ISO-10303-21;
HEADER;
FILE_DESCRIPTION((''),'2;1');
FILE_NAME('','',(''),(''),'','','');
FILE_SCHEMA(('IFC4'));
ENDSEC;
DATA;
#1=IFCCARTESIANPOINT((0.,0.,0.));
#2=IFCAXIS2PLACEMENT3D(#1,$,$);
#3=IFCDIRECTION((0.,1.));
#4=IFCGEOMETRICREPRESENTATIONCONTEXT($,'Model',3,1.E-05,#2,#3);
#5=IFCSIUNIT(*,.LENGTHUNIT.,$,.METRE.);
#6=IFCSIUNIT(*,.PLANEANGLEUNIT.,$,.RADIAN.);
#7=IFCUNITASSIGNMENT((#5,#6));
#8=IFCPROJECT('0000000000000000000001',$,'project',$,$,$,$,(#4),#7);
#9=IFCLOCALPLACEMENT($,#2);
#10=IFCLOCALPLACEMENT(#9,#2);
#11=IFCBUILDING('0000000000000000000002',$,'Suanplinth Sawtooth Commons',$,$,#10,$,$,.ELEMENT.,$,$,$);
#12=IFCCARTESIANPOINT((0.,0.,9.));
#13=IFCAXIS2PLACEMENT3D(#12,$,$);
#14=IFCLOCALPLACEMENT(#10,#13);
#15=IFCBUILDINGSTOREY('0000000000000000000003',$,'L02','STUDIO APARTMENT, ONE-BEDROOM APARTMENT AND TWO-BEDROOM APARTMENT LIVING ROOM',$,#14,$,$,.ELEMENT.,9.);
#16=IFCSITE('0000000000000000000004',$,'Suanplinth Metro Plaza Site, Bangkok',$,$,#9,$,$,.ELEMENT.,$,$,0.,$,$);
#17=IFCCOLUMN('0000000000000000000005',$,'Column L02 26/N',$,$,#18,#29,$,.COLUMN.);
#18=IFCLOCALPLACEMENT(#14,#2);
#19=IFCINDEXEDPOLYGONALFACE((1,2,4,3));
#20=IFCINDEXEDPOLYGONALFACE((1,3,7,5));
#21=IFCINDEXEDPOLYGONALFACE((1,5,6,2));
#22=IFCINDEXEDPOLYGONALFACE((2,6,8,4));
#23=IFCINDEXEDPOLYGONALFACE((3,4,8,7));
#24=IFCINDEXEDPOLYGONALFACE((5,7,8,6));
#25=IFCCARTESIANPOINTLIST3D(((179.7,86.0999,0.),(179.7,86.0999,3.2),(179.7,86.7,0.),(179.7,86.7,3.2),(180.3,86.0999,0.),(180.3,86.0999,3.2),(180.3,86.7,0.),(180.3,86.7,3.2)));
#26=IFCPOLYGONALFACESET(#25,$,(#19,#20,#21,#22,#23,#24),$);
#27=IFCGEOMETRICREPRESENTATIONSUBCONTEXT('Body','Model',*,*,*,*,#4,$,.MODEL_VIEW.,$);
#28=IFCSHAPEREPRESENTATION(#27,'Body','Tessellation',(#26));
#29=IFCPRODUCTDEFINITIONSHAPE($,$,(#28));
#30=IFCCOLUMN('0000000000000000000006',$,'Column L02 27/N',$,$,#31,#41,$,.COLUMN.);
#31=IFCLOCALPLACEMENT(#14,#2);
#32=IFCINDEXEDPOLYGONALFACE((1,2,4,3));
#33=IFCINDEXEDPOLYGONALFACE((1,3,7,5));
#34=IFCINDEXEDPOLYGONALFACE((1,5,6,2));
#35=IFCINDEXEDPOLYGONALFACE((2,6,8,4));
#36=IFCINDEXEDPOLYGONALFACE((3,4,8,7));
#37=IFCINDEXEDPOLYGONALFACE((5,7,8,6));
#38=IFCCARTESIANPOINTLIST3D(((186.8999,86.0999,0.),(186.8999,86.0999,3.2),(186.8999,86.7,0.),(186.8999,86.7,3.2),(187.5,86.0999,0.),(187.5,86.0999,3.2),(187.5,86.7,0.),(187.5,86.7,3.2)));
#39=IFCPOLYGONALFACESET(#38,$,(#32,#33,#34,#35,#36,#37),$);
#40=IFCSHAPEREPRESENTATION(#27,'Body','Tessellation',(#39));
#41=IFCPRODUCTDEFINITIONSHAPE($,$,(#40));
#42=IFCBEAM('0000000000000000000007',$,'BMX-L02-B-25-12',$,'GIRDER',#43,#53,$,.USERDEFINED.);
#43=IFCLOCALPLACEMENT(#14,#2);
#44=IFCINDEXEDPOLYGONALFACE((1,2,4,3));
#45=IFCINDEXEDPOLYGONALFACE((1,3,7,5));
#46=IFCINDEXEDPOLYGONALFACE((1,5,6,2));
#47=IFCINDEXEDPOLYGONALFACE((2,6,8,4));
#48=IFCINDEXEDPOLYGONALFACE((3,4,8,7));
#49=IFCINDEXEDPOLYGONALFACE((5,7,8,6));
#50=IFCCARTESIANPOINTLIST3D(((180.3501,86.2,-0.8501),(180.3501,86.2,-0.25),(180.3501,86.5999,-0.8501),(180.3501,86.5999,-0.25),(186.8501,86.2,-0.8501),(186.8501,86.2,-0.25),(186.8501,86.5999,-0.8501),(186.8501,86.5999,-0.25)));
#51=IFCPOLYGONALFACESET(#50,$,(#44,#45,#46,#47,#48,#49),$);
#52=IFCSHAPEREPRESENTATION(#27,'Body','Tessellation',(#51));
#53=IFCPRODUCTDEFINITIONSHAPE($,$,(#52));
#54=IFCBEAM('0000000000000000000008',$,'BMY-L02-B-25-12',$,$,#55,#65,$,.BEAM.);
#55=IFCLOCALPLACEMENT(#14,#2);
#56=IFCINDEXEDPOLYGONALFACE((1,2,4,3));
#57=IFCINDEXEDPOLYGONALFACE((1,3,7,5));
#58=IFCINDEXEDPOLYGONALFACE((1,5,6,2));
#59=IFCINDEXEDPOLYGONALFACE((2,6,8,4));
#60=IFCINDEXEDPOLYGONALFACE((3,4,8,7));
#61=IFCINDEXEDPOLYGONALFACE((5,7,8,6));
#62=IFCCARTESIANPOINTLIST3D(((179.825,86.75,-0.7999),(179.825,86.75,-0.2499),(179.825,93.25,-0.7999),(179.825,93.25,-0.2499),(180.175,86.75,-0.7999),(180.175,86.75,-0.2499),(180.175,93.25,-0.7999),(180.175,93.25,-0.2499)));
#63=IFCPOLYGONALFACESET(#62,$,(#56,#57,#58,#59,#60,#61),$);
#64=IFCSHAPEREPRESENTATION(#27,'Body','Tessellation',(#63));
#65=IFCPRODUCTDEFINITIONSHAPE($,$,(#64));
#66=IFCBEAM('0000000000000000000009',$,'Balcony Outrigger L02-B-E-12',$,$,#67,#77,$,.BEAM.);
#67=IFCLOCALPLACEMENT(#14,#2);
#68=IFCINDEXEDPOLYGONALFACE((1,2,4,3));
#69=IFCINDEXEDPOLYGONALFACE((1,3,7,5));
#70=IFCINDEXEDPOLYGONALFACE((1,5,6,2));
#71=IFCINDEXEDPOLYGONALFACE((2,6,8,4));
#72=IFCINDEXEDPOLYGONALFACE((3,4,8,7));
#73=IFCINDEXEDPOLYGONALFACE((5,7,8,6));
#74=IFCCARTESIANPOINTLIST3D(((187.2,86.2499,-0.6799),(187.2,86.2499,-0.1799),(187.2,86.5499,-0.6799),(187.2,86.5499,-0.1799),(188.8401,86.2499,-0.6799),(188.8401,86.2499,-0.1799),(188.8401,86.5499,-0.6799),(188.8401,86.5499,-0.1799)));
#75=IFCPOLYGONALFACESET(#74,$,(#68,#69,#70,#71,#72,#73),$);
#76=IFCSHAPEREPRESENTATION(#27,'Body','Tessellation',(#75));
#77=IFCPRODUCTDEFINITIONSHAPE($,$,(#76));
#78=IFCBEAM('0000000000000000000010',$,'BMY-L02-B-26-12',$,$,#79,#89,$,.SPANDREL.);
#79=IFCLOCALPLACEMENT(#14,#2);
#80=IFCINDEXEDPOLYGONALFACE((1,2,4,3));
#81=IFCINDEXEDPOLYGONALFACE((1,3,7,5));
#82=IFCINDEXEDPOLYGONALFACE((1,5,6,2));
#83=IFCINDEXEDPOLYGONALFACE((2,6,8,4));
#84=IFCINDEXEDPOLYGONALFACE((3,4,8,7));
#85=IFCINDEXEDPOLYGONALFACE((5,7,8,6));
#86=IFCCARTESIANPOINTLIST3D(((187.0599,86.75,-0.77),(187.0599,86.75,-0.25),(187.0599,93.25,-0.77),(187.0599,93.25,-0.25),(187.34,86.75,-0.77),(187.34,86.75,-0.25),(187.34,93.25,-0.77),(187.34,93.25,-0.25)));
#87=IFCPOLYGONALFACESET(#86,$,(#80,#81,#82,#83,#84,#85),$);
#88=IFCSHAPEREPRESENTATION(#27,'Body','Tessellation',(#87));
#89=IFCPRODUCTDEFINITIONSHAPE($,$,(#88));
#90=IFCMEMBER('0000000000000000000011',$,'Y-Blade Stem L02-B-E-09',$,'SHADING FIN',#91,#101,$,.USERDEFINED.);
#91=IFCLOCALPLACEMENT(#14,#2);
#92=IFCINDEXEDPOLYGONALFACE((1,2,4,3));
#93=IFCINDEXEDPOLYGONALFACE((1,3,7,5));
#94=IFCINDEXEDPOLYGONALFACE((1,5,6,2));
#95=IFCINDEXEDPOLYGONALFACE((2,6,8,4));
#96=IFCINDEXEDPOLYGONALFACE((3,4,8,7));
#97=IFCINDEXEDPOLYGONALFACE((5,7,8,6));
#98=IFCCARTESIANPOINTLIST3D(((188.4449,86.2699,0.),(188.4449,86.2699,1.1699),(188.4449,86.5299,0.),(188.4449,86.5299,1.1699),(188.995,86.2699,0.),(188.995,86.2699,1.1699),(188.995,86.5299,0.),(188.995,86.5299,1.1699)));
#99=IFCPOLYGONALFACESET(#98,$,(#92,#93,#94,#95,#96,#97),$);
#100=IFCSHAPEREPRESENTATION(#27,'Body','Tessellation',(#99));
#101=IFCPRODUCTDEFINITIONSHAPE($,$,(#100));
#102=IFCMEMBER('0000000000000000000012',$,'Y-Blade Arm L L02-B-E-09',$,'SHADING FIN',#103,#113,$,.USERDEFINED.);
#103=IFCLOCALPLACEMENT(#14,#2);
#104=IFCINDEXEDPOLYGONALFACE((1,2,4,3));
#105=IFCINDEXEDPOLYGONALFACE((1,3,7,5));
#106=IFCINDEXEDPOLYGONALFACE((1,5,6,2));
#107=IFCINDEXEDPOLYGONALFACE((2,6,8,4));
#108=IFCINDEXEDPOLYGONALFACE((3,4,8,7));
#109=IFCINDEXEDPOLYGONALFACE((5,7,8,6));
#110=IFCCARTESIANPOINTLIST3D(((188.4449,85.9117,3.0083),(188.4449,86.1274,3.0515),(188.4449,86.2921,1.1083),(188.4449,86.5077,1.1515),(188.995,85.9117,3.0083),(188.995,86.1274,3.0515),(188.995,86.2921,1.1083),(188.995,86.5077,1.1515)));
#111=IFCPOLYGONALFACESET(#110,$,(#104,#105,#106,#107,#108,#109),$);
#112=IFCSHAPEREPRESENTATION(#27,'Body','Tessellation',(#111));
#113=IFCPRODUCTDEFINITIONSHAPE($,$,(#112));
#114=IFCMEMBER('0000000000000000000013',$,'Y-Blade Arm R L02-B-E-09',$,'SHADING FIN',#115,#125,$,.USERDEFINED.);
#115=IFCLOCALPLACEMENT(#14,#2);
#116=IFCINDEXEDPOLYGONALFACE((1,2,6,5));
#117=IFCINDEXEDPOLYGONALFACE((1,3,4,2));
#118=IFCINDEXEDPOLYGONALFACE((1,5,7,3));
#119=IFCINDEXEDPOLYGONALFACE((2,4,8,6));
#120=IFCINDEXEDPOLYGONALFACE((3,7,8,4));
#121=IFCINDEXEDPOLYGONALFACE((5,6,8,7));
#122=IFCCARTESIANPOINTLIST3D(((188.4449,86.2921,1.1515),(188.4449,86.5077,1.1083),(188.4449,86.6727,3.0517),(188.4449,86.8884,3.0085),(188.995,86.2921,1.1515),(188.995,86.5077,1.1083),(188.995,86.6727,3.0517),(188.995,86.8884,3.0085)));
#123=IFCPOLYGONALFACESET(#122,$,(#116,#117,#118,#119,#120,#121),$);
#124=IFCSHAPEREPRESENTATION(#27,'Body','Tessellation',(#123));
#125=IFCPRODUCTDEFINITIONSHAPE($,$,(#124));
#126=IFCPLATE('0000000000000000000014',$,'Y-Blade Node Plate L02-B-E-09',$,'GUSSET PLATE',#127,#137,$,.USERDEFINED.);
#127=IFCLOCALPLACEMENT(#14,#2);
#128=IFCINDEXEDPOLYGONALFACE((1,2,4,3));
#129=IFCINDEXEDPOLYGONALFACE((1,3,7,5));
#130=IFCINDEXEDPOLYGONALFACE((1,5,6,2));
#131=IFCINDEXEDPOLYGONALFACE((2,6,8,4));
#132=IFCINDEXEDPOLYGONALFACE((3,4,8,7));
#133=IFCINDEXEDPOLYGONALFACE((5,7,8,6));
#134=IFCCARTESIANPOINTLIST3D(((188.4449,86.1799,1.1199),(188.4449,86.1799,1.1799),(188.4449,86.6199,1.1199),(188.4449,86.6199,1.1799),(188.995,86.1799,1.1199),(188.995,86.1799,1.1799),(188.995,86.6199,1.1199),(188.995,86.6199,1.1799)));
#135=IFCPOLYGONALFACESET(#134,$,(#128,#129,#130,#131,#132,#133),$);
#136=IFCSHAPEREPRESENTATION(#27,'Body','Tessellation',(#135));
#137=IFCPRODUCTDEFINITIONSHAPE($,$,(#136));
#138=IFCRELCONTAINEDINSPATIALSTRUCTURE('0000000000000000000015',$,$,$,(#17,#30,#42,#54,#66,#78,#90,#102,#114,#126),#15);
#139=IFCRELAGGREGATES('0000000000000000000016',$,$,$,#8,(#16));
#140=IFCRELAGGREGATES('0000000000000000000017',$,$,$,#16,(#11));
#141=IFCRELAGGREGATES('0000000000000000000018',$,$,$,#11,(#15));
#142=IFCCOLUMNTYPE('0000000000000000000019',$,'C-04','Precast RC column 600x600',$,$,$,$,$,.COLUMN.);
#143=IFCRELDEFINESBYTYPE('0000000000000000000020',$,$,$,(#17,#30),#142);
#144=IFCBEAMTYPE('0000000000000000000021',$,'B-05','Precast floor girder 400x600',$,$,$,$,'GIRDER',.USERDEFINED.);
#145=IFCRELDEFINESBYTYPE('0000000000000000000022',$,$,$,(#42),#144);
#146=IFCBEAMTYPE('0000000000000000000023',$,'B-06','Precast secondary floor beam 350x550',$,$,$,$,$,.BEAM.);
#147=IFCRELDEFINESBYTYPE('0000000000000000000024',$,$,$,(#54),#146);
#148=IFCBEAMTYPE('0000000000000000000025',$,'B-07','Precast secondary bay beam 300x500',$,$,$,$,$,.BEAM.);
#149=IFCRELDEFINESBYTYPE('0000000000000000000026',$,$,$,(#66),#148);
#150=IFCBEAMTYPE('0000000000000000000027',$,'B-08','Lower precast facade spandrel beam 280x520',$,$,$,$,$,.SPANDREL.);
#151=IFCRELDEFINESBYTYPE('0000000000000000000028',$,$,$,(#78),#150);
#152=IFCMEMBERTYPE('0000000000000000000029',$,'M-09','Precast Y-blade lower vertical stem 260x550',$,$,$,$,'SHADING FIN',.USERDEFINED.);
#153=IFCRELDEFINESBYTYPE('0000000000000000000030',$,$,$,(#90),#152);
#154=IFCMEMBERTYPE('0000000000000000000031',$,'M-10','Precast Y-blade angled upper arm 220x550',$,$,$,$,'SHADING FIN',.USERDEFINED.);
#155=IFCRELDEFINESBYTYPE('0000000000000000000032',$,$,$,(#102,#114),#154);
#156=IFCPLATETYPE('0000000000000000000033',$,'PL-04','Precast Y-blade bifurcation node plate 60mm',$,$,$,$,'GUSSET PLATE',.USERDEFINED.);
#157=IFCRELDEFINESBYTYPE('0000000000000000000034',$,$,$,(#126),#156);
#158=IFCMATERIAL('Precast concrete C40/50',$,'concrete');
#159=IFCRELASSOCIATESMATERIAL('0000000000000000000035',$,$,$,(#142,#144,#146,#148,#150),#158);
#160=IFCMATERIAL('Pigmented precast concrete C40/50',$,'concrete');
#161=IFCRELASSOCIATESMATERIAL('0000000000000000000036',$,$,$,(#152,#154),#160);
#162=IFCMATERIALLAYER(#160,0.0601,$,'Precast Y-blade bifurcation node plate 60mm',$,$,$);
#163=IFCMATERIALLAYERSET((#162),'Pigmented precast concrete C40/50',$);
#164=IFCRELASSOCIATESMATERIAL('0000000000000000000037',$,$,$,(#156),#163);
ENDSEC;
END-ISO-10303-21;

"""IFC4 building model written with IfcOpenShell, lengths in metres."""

from ifc_helpers import new_model, si_unit, direction, frame, origin, origin_2d, place, context, subcontext, project, spatial, rectangle, extrude, material, layer, layer_set, material_profile, profile_set, type_object, element, save


model = new_model("IFC4")

# Units and contexts
model_context = context("Model", 3, precision=1e-05, world=origin(), true_north=direction((0.0, 1.0)))
body_context = subcontext(model_context, "Body", "Model", "MODEL_VIEW")
ifc_project = project(units=[si_unit("LENGTHUNIT", "METRE"), si_unit("PLANEANGLEUNIT", "RADIAN")], contexts=[model_context])

# Site, building, storey
site_placement = place(None, origin())
site = spatial("IfcSite", under=ifc_project, at=site_placement, Name="Suanplinth Metro Plaza Site, Bangkok", CompositionType="ELEMENT", RefElevation=0.0)
building_placement = place(site_placement, origin())
building = spatial("IfcBuilding", under=site, at=building_placement, Name="Suanplinth Sawtooth Commons", CompositionType="ELEMENT")
storey_placement = place(building_placement, frame((0.0, 0.0, 9.0)))
storey = spatial("IfcBuildingStorey", under=building, at=storey_placement, Name="L02", Description="STUDIO APARTMENT, ONE-BEDROOM APARTMENT AND TWO-BEDROOM APARTMENT LIVING ROOM", CompositionType="ELEMENT", Elevation=9.0)

# Columns
ifc_material_1 = material(Name="Precast concrete C40/50", Category="concrete")
ifc_material_profile_1 = material_profile(ifc_material_1, rectangle(XDim=0.6001, YDim=0.6001, at=origin_2d()), Name="PC-COL 600x600")
ifc_profile_set_1 = profile_set([ifc_material_profile_1], Name="Precast concrete C40/50")
column_type = type_object("IfcColumnType", Name="C-04", Description="Precast RC column 600x600", PredefinedType="COLUMN", material=ifc_profile_set_1)
for number, where, z_axis, x_axis, name in (
    (1, (180.0, 86.3999, 0.0), (0.0, 0.0, 1.0), (1.0, 0.0, 0.0), "Column L02 26/N"),
    (2, (187.2, 86.3999, 0.0), (0.0, 0.0, 1.0), (1.0, 0.0, 0.0), "Column L02 27/N"),
):
    element("IfcColumn", number, at=place(storey_placement, frame(where, z_axis=z_axis, x_axis=x_axis)), inside=storey, type_object=column_type, Name=name, PredefinedType="COLUMN", context=body_context, shape_type="SweptSolid", body=[
        extrude(rectangle(XDim=0.6001, YDim=0.6001, at=origin_2d()), origin(), (0.0, 0.0, 1.0), 3.2),
    ])

# Beams
ifc_material_profile_2 = material_profile(ifc_material_1, rectangle(XDim=0.3999, YDim=0.6001, at=origin_2d()), Name="PC-GDR 400x600")
ifc_profile_set_2 = profile_set([ifc_material_profile_2], Name="Precast concrete C40/50")
beam_type_1 = type_object("IfcBeamType", Name="B-05", Description="Precast floor girder 400x600", ElementType="GIRDER", PredefinedType="USERDEFINED", material=ifc_profile_set_2)
beam_1_placement = place(storey_placement, frame((180.3501, 86.3999, -0.55), z_axis=(1.0, 0.0, 0.0), x_axis=(0.0, 1.0, 0.0)))
element("IfcBeam", 3, at=beam_1_placement, inside=storey, type_object=beam_type_1, Name="BMX-L02-B-25-12", ObjectType="GIRDER", PredefinedType="USERDEFINED", context=body_context, shape_type="SweptSolid", body=[
    extrude(rectangle(XDim=0.3999, YDim=0.6001, at=origin_2d()), origin(), (0.0, 0.0, 1.0), 6.5),
])
ifc_material_profile_3 = material_profile(ifc_material_1, rectangle(XDim=0.3501, YDim=0.55, at=origin_2d()), Name="PC-BM 350x550")
ifc_profile_set_3 = profile_set([ifc_material_profile_3], Name="Precast concrete C40/50")
beam_type_2 = type_object("IfcBeamType", Name="B-06", Description="Precast secondary floor beam 350x550", PredefinedType="BEAM", material=ifc_profile_set_3)
beam_2_placement = place(storey_placement, frame((180.0, 86.75, -0.5249), z_axis=(0.0, 1.0, 0.0), x_axis=(-1.0, 0.0, 0.0)))
element("IfcBeam", 4, at=beam_2_placement, inside=storey, type_object=beam_type_2, Name="BMY-L02-B-25-12", PredefinedType="BEAM", context=body_context, shape_type="SweptSolid", body=[
    extrude(rectangle(XDim=0.3501, YDim=0.55, at=origin_2d()), origin(), (0.0, 0.0, 1.0), 6.5),
])
ifc_material_profile_4 = material_profile(ifc_material_1, rectangle(XDim=0.3, YDim=0.5, at=origin_2d()), Name="PC-BM 300x500")
ifc_profile_set_4 = profile_set([ifc_material_profile_4], Name="Precast concrete C40/50")
beam_type_3 = type_object("IfcBeamType", Name="B-07", Description="Precast secondary bay beam 300x500", PredefinedType="BEAM", material=ifc_profile_set_4)
beam_3_placement = place(storey_placement, frame((187.2, 86.3999, -0.4299), z_axis=(1.0, 0.0, 0.0), x_axis=(0.0, 1.0, 0.0)))
element("IfcBeam", 5, at=beam_3_placement, inside=storey, type_object=beam_type_3, Name="Balcony Outrigger L02-B-E-12", PredefinedType="BEAM", context=body_context, shape_type="SweptSolid", body=[
    extrude(rectangle(XDim=0.3, YDim=0.5, at=origin_2d()), origin(), (0.0, 0.0, 1.0), 1.6401),
])
ifc_material_profile_5 = material_profile(ifc_material_1, rectangle(XDim=0.28, YDim=0.52, at=origin_2d()), Name="PC-SP 280x520")
ifc_profile_set_5 = profile_set([ifc_material_profile_5], Name="Precast concrete C40/50")
beam_type_4 = type_object("IfcBeamType", Name="B-08", Description="Lower precast facade spandrel beam 280x520", PredefinedType="SPANDREL", material=ifc_profile_set_5)
beam_4_placement = place(storey_placement, frame((187.2, 86.75, -0.51), z_axis=(0.0, 1.0, 0.0), x_axis=(-1.0, 0.0, 0.0)))
element("IfcBeam", 6, at=beam_4_placement, inside=storey, type_object=beam_type_4, Name="BMY-L02-B-26-12", PredefinedType="SPANDREL", context=body_context, shape_type="SweptSolid", body=[
    extrude(rectangle(XDim=0.28, YDim=0.52, at=origin_2d()), origin(), (0.0, 0.0, 1.0), 6.5),
])

# Members
ifc_material_2 = material(Name="Pigmented precast concrete C40/50", Category="concrete")
ifc_material_profile_6 = material_profile(ifc_material_2, rectangle(XDim=0.26, YDim=0.55, at=origin_2d()), Name="PC-FIN 260x550")
ifc_profile_set_6 = profile_set([ifc_material_profile_6], Name="Pigmented precast concrete C40/50")
member_type_1 = type_object("IfcMemberType", Name="M-09", Description="Precast Y-blade lower vertical stem 260x550", ElementType="SHADING FIN", PredefinedType="USERDEFINED", material=ifc_profile_set_6)
member_1_placement = place(storey_placement, frame((188.72, 86.3999, 0.0), z_axis=(0.0, 0.0, 1.0), x_axis=(0.0, 1.0, 0.0)))
element("IfcMember", 7, at=member_1_placement, inside=storey, type_object=member_type_1, Name="Y-Blade Stem L02-B-E-09", ObjectType="SHADING FIN", PredefinedType="USERDEFINED", context=body_context, shape_type="SweptSolid", body=[
    extrude(rectangle(XDim=0.26, YDim=0.55, at=origin_2d()), origin(), (0.0, 0.0, 1.0), 1.1699),
])
ifc_material_profile_7 = material_profile(ifc_material_2, rectangle(XDim=0.22, YDim=0.55, at=origin_2d()), Name="PC-FIN 220x550")
ifc_profile_set_7 = profile_set([ifc_material_profile_7], Name="Pigmented precast concrete C40/50")
member_type_2 = type_object("IfcMemberType", Name="M-10", Description="Precast Y-blade angled upper arm 220x550", ElementType="SHADING FIN", PredefinedType="USERDEFINED", material=ifc_profile_set_7)
member_2_placement = place(storey_placement, frame((188.72, 86.3999, 1.1299), z_axis=(0.0, -0.196286, 0.980547), x_axis=(0.0, 0.980547, 0.196286)))
element("IfcMember", 8, at=member_2_placement, inside=storey, type_object=member_type_2, Name="Y-Blade Arm L L02-B-E-09", ObjectType="SHADING FIN", PredefinedType="USERDEFINED", context=body_context, shape_type="SweptSolid", body=[
    extrude(rectangle(XDim=0.22, YDim=0.55, at=origin_2d()), origin(), (0.0, 0.0, 1.0), 1.9377),
])
member_3_placement = place(storey_placement, frame((188.72, 86.3999, 1.1299), z_axis=(0.0, 0.196407, 0.980522), x_axis=(0.0, -0.980522, 0.196407)))
element("IfcMember", 9, at=member_3_placement, inside=storey, type_object=member_type_2, Name="Y-Blade Arm R L02-B-E-09", ObjectType="SHADING FIN", PredefinedType="USERDEFINED", context=body_context, shape_type="SweptSolid", body=[
    extrude(rectangle(XDim=0.22, YDim=0.55, at=origin_2d()), origin(), (0.0, 0.0, 1.0), 1.938),
])

# Plate
ifc_layer_1 = layer(ifc_material_2, 0.0601, Name="Precast Y-blade bifurcation node plate 60mm")
ifc_layer_set_1 = layer_set([ifc_layer_1], Name="Pigmented precast concrete C40/50")
plate_type = type_object("IfcPlateType", Name="PL-04", Description="Precast Y-blade bifurcation node plate 60mm", ElementType="GUSSET PLATE", PredefinedType="USERDEFINED", material=ifc_layer_set_1)
plate_placement = place(storey_placement, frame((188.72, 86.3999, 1.1199), z_axis=(0.0, 0.0, 1.0), x_axis=(0.0, 1.0, 0.0)))
element("IfcPlate", 10, at=plate_placement, inside=storey, type_object=plate_type, Name="Y-Blade Node Plate L02-B-E-09", ObjectType="GUSSET PLATE", PredefinedType="USERDEFINED", context=body_context, shape_type="SweptSolid", body=[
    extrude(rectangle(XDim=0.4399, YDim=0.55, at=origin_2d()), origin(), (0.0, 0.0, 1.0), 0.0601),
])

save(model, "model.ifc")
